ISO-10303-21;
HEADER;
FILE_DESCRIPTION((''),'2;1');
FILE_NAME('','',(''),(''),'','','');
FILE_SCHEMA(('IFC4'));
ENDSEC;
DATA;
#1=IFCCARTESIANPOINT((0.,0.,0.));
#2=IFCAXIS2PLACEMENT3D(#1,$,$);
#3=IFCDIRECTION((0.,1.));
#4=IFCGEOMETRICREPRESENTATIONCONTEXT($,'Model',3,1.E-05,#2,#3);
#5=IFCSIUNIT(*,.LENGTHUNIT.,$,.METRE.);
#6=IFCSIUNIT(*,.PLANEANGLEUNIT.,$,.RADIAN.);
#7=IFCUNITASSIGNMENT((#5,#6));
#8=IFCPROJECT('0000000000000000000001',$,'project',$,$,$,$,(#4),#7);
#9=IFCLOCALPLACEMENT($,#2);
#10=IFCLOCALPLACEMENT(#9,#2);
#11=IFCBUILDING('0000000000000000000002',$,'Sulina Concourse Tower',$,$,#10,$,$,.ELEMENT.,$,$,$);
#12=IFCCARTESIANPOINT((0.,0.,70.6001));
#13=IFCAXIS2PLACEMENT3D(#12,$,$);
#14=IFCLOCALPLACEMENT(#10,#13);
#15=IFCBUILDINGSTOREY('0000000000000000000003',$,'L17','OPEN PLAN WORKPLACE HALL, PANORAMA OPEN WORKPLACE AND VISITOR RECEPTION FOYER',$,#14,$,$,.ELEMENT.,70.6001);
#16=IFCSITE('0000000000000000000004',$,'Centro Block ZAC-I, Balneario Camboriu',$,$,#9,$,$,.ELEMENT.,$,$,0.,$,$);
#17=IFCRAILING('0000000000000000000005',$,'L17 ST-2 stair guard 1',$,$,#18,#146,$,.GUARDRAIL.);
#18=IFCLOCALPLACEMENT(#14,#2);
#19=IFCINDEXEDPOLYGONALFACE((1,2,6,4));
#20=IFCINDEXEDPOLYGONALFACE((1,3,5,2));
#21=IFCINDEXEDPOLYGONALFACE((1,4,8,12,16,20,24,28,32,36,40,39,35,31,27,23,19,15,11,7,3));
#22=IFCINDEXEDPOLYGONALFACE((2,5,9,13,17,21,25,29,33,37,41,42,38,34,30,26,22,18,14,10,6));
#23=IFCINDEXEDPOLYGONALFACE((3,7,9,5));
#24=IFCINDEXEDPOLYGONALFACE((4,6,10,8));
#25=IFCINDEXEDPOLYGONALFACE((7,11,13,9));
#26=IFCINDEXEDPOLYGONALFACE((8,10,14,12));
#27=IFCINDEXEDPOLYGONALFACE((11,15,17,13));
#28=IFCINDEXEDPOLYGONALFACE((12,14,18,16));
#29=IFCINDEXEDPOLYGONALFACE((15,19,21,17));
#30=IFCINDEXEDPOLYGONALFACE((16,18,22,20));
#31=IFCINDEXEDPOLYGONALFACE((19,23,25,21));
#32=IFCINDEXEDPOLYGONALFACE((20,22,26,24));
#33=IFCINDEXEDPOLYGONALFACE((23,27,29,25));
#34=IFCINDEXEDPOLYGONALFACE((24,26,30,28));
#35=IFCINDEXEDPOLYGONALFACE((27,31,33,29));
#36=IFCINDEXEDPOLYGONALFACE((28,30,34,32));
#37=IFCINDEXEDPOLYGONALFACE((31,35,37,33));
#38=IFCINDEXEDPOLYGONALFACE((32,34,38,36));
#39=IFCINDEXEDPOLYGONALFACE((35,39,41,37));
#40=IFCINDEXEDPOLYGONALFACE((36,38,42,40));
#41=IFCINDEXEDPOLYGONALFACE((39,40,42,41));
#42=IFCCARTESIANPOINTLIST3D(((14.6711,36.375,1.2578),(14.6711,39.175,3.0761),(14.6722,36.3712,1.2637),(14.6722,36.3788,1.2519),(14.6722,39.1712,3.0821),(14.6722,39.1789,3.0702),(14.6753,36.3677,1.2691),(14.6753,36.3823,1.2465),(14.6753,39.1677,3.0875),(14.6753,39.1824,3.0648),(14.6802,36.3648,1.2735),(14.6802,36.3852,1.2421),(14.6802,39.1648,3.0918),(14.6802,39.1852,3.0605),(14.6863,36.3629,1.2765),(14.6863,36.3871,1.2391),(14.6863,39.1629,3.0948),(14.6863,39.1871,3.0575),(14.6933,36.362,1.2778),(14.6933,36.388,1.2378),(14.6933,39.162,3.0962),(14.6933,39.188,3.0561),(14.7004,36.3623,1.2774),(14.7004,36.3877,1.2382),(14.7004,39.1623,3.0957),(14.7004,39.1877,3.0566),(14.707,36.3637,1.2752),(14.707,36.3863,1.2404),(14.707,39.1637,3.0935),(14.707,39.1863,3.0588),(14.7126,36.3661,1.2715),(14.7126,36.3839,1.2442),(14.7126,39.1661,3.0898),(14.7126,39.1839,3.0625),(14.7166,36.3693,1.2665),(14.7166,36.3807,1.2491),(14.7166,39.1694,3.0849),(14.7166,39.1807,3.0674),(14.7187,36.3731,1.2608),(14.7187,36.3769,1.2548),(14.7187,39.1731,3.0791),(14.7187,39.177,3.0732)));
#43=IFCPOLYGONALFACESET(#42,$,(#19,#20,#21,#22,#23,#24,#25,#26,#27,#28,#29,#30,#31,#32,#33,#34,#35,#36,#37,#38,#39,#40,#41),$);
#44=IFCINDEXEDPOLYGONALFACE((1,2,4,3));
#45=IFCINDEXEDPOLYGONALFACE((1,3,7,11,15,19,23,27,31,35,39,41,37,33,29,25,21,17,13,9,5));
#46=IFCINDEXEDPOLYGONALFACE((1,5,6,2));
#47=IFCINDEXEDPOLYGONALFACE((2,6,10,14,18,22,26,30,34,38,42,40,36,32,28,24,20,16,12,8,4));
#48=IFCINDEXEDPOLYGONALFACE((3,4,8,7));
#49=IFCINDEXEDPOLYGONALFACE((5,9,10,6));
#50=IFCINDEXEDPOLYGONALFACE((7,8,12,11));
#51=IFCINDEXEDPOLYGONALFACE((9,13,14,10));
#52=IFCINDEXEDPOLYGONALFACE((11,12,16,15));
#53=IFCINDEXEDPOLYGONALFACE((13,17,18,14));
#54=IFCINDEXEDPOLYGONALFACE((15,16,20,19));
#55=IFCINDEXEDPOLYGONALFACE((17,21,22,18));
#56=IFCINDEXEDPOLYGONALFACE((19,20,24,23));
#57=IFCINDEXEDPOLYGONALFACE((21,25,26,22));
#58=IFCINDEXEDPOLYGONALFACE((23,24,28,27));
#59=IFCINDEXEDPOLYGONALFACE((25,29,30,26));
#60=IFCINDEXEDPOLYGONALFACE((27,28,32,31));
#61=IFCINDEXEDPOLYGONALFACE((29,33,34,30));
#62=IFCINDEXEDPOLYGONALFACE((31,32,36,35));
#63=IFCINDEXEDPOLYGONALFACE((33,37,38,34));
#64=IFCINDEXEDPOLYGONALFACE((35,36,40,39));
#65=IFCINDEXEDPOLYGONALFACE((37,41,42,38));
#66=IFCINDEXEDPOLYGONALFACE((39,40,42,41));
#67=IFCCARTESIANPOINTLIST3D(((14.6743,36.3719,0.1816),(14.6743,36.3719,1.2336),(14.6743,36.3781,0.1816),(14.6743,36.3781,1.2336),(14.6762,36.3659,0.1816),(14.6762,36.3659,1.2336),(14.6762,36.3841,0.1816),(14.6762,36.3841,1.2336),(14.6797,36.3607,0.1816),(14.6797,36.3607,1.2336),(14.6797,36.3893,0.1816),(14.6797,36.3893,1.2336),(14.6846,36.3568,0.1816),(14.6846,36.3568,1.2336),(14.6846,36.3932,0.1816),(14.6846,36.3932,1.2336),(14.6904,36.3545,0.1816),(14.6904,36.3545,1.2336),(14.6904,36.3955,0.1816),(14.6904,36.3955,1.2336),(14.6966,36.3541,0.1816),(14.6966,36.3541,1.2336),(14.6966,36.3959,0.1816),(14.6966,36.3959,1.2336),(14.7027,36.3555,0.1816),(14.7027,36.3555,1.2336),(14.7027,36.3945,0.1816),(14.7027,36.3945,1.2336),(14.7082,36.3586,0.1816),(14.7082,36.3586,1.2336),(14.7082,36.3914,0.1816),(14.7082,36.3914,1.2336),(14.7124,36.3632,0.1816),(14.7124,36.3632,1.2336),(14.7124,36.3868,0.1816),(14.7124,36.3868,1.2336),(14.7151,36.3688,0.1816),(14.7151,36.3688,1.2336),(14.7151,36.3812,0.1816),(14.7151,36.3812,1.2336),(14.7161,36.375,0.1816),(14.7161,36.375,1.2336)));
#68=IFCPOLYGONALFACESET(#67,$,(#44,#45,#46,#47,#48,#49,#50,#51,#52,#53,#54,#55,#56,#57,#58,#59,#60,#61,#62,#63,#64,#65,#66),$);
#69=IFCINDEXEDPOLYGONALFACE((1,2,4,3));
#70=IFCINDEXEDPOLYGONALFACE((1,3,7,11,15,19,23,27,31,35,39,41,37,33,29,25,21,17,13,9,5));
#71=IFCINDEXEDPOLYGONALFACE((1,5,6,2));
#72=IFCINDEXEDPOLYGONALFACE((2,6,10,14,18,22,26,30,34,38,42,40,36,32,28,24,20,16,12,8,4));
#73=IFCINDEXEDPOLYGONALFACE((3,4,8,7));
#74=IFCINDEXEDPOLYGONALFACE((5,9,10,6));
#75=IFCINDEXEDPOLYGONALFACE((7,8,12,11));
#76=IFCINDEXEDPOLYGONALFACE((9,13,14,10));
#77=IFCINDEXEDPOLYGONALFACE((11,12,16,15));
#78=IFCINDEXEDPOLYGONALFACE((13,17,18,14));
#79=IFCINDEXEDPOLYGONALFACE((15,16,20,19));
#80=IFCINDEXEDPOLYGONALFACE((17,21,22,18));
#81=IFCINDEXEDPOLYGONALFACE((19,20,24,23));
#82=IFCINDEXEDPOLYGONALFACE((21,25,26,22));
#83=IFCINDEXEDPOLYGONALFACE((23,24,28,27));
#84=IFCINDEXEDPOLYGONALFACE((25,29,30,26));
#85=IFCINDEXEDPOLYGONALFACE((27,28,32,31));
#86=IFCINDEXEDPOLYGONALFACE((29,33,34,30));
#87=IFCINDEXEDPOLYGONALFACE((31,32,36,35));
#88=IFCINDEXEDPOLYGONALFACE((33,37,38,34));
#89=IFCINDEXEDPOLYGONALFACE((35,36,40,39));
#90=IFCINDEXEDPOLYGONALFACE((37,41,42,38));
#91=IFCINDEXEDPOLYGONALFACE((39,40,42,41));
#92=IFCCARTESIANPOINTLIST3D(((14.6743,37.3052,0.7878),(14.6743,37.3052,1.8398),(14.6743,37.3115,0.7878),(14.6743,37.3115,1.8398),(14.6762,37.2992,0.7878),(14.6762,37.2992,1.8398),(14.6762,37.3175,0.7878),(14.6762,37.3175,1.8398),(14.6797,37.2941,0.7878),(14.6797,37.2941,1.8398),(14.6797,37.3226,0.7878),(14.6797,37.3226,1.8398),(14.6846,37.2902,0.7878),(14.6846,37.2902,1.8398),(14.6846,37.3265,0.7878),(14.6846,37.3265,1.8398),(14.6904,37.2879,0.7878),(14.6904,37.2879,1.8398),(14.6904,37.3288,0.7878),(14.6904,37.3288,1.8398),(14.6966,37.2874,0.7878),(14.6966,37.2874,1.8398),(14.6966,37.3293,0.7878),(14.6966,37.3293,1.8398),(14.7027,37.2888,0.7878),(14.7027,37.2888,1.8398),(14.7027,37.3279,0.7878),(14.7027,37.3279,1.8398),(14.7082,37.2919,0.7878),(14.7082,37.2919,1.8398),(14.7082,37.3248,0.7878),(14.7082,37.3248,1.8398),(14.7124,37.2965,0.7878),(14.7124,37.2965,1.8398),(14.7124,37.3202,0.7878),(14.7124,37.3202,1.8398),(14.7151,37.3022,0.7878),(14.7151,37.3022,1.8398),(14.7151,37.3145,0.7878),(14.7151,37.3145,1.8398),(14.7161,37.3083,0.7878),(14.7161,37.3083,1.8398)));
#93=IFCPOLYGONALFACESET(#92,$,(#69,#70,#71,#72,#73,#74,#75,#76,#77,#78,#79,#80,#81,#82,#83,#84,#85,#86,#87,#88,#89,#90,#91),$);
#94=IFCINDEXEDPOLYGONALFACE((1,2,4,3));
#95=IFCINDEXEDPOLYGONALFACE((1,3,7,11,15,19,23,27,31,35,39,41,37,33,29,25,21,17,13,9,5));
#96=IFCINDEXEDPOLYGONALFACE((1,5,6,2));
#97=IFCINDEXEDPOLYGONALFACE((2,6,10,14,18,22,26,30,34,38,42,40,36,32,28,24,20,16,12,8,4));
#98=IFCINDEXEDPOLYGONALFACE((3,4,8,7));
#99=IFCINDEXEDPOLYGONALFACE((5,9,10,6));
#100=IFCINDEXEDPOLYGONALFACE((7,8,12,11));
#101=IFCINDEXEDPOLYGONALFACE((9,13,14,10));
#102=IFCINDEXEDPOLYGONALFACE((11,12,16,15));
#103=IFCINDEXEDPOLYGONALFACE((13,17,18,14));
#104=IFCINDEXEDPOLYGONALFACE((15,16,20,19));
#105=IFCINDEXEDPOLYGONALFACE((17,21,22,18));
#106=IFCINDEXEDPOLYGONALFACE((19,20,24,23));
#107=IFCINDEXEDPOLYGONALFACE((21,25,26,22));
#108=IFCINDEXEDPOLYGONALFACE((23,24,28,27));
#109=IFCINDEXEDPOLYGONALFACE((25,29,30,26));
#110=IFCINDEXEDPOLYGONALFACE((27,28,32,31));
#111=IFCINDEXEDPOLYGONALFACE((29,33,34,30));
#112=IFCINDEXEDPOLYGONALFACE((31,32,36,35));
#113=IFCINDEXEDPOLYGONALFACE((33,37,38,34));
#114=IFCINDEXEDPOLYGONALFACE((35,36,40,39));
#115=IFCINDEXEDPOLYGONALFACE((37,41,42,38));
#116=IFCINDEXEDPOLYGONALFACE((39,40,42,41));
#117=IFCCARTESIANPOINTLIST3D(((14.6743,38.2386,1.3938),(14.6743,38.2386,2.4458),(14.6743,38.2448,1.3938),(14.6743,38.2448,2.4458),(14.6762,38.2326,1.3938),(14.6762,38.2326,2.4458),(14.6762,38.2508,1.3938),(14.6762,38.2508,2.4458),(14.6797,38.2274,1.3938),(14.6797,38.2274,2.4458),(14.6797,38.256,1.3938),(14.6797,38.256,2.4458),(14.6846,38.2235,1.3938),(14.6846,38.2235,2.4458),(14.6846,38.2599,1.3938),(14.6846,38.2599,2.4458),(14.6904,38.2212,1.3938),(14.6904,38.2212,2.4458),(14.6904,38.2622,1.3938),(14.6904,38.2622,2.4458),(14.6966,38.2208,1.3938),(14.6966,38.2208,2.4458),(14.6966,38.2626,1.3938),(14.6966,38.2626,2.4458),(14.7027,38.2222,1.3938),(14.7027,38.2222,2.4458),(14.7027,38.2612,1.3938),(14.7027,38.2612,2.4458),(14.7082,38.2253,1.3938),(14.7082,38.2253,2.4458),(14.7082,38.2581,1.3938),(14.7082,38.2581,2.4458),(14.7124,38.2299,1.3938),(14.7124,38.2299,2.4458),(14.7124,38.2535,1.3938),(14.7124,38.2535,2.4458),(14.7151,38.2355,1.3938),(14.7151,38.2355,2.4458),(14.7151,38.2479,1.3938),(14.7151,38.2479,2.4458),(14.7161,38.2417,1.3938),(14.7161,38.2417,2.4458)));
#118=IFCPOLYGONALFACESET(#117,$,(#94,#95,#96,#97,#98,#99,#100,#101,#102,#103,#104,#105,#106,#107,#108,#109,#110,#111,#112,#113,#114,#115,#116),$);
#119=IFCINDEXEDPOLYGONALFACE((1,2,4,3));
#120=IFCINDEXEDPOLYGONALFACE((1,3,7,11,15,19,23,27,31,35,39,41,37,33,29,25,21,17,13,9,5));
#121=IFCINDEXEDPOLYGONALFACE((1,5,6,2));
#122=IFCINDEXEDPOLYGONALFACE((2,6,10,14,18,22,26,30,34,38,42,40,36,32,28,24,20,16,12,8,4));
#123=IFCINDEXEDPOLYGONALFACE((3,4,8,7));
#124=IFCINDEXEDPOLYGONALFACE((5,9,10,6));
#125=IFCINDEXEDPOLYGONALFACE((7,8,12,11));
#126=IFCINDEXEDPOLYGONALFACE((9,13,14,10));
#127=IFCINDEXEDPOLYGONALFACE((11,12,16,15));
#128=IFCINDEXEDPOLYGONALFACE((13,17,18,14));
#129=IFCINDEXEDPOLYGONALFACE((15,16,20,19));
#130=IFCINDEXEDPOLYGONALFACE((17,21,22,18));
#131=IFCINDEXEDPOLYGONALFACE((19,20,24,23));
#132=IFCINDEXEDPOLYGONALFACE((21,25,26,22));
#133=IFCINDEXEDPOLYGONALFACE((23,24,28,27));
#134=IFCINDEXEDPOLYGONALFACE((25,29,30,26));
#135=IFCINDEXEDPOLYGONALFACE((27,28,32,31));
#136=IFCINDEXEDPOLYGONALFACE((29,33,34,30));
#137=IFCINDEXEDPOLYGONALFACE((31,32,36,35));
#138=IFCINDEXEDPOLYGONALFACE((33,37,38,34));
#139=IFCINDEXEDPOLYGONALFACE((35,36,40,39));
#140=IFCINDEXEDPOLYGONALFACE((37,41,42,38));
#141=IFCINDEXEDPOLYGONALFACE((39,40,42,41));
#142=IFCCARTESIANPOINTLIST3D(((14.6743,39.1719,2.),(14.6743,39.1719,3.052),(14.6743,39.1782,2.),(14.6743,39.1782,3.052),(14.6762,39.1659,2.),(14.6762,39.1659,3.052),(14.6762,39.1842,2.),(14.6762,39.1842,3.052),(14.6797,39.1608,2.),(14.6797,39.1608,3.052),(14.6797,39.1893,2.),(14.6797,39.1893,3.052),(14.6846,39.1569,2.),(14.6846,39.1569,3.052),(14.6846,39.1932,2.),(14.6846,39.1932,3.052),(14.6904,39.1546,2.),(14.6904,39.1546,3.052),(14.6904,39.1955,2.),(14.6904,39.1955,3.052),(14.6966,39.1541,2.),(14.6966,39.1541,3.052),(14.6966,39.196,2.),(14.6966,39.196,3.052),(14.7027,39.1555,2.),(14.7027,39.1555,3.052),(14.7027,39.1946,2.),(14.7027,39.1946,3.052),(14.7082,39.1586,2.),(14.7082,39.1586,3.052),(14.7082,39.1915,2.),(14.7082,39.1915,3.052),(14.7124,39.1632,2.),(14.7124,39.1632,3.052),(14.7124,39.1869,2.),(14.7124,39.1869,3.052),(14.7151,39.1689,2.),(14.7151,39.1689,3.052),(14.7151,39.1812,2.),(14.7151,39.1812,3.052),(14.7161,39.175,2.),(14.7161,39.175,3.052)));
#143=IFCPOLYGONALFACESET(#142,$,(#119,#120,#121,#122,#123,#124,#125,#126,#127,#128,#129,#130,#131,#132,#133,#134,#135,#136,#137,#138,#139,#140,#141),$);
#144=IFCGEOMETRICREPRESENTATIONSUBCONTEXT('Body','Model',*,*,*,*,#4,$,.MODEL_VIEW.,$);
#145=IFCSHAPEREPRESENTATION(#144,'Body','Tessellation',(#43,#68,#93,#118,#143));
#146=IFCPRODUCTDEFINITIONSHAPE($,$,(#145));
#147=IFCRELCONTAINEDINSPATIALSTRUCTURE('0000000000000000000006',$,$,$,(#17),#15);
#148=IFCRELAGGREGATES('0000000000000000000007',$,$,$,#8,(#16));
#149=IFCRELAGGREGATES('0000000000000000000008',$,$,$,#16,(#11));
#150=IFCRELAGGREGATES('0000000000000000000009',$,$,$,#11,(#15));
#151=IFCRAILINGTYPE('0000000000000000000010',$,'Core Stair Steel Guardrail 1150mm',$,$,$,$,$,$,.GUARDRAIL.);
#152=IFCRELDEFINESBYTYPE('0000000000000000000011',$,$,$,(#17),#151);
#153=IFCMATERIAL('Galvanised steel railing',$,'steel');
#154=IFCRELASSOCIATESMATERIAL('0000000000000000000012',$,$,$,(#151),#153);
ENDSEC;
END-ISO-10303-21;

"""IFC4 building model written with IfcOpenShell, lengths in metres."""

from ifc_helpers import new_model, si_unit, direction, frame, origin, origin_2d, place, context, subcontext, project, spatial, circle, extrude, material, type_object, element, save


model = new_model("IFC4")

# Units and contexts
model_context = context("Model", 3, precision=1e-05, world=origin(), true_north=direction((0.0, 1.0)))
body_context = subcontext(model_context, "Body", "Model", "MODEL_VIEW")
ifc_project = project(units=[si_unit("LENGTHUNIT", "METRE"), si_unit("PLANEANGLEUNIT", "RADIAN")], contexts=[model_context])

# Site, building, storey
site_placement = place(None, origin())
site = spatial("IfcSite", under=ifc_project, at=site_placement, Name="Centro Block ZAC-I, Balneario Camboriu", CompositionType="ELEMENT", RefElevation=0.0)
building_placement = place(site_placement, origin())
building = spatial("IfcBuilding", under=site, at=building_placement, Name="Sulina Concourse Tower", CompositionType="ELEMENT")
storey_placement = place(building_placement, frame((0.0, 0.0, 70.6001)))
storey = spatial("IfcBuildingStorey", under=building, at=storey_placement, Name="L17", Description="OPEN PLAN WORKPLACE HALL, PANORAMA OPEN WORKPLACE AND VISITOR RECEPTION FOYER", CompositionType="ELEMENT", Elevation=70.6001)

# Railing
ifc_material_1 = material(Name="Galvanised steel railing", Category="steel")
railing_type_1 = type_object("IfcRailingType", Name="Core Stair Steel Guardrail 1150mm", PredefinedType="GUARDRAIL", material=ifc_material_1)
railing_1_placement = place(storey_placement, frame((14.6951, 36.375, 0.1816)))
element("IfcRailing", 1, at=railing_1_placement, inside=storey, type_object=railing_type_1, Name="L17 ST-2 stair guard 1", PredefinedType="GUARDRAIL", context=body_context, shape_type="SweptSolid", body=[
    extrude(circle(Radius=0.0239, at=origin_2d()), frame((0.0, 0.0, 1.0762), z_axis=(0.0, 0.838672, 0.544636), x_axis=(-1.0, 0.0, 0.0)), (0.0, 0.0, 1.0), 3.3386),
    extrude(circle(Radius=0.021, at=origin_2d()), origin(), (0.0, 0.0, 1.0), 1.052),
    extrude(circle(Radius=0.021, at=origin_2d()), frame((0.0, 0.9333, 0.6062)), (0.0, 0.0, 1.0), 1.052),
    extrude(circle(Radius=0.021, at=origin_2d()), frame((0.0, 1.8667, 1.2122)), (0.0, 0.0, 1.0), 1.052),
    extrude(circle(Radius=0.021, at=origin_2d()), frame((0.0, 2.8, 1.8184)), (0.0, 0.0, 1.0), 1.052),
])

save(model, "model.ifc")
